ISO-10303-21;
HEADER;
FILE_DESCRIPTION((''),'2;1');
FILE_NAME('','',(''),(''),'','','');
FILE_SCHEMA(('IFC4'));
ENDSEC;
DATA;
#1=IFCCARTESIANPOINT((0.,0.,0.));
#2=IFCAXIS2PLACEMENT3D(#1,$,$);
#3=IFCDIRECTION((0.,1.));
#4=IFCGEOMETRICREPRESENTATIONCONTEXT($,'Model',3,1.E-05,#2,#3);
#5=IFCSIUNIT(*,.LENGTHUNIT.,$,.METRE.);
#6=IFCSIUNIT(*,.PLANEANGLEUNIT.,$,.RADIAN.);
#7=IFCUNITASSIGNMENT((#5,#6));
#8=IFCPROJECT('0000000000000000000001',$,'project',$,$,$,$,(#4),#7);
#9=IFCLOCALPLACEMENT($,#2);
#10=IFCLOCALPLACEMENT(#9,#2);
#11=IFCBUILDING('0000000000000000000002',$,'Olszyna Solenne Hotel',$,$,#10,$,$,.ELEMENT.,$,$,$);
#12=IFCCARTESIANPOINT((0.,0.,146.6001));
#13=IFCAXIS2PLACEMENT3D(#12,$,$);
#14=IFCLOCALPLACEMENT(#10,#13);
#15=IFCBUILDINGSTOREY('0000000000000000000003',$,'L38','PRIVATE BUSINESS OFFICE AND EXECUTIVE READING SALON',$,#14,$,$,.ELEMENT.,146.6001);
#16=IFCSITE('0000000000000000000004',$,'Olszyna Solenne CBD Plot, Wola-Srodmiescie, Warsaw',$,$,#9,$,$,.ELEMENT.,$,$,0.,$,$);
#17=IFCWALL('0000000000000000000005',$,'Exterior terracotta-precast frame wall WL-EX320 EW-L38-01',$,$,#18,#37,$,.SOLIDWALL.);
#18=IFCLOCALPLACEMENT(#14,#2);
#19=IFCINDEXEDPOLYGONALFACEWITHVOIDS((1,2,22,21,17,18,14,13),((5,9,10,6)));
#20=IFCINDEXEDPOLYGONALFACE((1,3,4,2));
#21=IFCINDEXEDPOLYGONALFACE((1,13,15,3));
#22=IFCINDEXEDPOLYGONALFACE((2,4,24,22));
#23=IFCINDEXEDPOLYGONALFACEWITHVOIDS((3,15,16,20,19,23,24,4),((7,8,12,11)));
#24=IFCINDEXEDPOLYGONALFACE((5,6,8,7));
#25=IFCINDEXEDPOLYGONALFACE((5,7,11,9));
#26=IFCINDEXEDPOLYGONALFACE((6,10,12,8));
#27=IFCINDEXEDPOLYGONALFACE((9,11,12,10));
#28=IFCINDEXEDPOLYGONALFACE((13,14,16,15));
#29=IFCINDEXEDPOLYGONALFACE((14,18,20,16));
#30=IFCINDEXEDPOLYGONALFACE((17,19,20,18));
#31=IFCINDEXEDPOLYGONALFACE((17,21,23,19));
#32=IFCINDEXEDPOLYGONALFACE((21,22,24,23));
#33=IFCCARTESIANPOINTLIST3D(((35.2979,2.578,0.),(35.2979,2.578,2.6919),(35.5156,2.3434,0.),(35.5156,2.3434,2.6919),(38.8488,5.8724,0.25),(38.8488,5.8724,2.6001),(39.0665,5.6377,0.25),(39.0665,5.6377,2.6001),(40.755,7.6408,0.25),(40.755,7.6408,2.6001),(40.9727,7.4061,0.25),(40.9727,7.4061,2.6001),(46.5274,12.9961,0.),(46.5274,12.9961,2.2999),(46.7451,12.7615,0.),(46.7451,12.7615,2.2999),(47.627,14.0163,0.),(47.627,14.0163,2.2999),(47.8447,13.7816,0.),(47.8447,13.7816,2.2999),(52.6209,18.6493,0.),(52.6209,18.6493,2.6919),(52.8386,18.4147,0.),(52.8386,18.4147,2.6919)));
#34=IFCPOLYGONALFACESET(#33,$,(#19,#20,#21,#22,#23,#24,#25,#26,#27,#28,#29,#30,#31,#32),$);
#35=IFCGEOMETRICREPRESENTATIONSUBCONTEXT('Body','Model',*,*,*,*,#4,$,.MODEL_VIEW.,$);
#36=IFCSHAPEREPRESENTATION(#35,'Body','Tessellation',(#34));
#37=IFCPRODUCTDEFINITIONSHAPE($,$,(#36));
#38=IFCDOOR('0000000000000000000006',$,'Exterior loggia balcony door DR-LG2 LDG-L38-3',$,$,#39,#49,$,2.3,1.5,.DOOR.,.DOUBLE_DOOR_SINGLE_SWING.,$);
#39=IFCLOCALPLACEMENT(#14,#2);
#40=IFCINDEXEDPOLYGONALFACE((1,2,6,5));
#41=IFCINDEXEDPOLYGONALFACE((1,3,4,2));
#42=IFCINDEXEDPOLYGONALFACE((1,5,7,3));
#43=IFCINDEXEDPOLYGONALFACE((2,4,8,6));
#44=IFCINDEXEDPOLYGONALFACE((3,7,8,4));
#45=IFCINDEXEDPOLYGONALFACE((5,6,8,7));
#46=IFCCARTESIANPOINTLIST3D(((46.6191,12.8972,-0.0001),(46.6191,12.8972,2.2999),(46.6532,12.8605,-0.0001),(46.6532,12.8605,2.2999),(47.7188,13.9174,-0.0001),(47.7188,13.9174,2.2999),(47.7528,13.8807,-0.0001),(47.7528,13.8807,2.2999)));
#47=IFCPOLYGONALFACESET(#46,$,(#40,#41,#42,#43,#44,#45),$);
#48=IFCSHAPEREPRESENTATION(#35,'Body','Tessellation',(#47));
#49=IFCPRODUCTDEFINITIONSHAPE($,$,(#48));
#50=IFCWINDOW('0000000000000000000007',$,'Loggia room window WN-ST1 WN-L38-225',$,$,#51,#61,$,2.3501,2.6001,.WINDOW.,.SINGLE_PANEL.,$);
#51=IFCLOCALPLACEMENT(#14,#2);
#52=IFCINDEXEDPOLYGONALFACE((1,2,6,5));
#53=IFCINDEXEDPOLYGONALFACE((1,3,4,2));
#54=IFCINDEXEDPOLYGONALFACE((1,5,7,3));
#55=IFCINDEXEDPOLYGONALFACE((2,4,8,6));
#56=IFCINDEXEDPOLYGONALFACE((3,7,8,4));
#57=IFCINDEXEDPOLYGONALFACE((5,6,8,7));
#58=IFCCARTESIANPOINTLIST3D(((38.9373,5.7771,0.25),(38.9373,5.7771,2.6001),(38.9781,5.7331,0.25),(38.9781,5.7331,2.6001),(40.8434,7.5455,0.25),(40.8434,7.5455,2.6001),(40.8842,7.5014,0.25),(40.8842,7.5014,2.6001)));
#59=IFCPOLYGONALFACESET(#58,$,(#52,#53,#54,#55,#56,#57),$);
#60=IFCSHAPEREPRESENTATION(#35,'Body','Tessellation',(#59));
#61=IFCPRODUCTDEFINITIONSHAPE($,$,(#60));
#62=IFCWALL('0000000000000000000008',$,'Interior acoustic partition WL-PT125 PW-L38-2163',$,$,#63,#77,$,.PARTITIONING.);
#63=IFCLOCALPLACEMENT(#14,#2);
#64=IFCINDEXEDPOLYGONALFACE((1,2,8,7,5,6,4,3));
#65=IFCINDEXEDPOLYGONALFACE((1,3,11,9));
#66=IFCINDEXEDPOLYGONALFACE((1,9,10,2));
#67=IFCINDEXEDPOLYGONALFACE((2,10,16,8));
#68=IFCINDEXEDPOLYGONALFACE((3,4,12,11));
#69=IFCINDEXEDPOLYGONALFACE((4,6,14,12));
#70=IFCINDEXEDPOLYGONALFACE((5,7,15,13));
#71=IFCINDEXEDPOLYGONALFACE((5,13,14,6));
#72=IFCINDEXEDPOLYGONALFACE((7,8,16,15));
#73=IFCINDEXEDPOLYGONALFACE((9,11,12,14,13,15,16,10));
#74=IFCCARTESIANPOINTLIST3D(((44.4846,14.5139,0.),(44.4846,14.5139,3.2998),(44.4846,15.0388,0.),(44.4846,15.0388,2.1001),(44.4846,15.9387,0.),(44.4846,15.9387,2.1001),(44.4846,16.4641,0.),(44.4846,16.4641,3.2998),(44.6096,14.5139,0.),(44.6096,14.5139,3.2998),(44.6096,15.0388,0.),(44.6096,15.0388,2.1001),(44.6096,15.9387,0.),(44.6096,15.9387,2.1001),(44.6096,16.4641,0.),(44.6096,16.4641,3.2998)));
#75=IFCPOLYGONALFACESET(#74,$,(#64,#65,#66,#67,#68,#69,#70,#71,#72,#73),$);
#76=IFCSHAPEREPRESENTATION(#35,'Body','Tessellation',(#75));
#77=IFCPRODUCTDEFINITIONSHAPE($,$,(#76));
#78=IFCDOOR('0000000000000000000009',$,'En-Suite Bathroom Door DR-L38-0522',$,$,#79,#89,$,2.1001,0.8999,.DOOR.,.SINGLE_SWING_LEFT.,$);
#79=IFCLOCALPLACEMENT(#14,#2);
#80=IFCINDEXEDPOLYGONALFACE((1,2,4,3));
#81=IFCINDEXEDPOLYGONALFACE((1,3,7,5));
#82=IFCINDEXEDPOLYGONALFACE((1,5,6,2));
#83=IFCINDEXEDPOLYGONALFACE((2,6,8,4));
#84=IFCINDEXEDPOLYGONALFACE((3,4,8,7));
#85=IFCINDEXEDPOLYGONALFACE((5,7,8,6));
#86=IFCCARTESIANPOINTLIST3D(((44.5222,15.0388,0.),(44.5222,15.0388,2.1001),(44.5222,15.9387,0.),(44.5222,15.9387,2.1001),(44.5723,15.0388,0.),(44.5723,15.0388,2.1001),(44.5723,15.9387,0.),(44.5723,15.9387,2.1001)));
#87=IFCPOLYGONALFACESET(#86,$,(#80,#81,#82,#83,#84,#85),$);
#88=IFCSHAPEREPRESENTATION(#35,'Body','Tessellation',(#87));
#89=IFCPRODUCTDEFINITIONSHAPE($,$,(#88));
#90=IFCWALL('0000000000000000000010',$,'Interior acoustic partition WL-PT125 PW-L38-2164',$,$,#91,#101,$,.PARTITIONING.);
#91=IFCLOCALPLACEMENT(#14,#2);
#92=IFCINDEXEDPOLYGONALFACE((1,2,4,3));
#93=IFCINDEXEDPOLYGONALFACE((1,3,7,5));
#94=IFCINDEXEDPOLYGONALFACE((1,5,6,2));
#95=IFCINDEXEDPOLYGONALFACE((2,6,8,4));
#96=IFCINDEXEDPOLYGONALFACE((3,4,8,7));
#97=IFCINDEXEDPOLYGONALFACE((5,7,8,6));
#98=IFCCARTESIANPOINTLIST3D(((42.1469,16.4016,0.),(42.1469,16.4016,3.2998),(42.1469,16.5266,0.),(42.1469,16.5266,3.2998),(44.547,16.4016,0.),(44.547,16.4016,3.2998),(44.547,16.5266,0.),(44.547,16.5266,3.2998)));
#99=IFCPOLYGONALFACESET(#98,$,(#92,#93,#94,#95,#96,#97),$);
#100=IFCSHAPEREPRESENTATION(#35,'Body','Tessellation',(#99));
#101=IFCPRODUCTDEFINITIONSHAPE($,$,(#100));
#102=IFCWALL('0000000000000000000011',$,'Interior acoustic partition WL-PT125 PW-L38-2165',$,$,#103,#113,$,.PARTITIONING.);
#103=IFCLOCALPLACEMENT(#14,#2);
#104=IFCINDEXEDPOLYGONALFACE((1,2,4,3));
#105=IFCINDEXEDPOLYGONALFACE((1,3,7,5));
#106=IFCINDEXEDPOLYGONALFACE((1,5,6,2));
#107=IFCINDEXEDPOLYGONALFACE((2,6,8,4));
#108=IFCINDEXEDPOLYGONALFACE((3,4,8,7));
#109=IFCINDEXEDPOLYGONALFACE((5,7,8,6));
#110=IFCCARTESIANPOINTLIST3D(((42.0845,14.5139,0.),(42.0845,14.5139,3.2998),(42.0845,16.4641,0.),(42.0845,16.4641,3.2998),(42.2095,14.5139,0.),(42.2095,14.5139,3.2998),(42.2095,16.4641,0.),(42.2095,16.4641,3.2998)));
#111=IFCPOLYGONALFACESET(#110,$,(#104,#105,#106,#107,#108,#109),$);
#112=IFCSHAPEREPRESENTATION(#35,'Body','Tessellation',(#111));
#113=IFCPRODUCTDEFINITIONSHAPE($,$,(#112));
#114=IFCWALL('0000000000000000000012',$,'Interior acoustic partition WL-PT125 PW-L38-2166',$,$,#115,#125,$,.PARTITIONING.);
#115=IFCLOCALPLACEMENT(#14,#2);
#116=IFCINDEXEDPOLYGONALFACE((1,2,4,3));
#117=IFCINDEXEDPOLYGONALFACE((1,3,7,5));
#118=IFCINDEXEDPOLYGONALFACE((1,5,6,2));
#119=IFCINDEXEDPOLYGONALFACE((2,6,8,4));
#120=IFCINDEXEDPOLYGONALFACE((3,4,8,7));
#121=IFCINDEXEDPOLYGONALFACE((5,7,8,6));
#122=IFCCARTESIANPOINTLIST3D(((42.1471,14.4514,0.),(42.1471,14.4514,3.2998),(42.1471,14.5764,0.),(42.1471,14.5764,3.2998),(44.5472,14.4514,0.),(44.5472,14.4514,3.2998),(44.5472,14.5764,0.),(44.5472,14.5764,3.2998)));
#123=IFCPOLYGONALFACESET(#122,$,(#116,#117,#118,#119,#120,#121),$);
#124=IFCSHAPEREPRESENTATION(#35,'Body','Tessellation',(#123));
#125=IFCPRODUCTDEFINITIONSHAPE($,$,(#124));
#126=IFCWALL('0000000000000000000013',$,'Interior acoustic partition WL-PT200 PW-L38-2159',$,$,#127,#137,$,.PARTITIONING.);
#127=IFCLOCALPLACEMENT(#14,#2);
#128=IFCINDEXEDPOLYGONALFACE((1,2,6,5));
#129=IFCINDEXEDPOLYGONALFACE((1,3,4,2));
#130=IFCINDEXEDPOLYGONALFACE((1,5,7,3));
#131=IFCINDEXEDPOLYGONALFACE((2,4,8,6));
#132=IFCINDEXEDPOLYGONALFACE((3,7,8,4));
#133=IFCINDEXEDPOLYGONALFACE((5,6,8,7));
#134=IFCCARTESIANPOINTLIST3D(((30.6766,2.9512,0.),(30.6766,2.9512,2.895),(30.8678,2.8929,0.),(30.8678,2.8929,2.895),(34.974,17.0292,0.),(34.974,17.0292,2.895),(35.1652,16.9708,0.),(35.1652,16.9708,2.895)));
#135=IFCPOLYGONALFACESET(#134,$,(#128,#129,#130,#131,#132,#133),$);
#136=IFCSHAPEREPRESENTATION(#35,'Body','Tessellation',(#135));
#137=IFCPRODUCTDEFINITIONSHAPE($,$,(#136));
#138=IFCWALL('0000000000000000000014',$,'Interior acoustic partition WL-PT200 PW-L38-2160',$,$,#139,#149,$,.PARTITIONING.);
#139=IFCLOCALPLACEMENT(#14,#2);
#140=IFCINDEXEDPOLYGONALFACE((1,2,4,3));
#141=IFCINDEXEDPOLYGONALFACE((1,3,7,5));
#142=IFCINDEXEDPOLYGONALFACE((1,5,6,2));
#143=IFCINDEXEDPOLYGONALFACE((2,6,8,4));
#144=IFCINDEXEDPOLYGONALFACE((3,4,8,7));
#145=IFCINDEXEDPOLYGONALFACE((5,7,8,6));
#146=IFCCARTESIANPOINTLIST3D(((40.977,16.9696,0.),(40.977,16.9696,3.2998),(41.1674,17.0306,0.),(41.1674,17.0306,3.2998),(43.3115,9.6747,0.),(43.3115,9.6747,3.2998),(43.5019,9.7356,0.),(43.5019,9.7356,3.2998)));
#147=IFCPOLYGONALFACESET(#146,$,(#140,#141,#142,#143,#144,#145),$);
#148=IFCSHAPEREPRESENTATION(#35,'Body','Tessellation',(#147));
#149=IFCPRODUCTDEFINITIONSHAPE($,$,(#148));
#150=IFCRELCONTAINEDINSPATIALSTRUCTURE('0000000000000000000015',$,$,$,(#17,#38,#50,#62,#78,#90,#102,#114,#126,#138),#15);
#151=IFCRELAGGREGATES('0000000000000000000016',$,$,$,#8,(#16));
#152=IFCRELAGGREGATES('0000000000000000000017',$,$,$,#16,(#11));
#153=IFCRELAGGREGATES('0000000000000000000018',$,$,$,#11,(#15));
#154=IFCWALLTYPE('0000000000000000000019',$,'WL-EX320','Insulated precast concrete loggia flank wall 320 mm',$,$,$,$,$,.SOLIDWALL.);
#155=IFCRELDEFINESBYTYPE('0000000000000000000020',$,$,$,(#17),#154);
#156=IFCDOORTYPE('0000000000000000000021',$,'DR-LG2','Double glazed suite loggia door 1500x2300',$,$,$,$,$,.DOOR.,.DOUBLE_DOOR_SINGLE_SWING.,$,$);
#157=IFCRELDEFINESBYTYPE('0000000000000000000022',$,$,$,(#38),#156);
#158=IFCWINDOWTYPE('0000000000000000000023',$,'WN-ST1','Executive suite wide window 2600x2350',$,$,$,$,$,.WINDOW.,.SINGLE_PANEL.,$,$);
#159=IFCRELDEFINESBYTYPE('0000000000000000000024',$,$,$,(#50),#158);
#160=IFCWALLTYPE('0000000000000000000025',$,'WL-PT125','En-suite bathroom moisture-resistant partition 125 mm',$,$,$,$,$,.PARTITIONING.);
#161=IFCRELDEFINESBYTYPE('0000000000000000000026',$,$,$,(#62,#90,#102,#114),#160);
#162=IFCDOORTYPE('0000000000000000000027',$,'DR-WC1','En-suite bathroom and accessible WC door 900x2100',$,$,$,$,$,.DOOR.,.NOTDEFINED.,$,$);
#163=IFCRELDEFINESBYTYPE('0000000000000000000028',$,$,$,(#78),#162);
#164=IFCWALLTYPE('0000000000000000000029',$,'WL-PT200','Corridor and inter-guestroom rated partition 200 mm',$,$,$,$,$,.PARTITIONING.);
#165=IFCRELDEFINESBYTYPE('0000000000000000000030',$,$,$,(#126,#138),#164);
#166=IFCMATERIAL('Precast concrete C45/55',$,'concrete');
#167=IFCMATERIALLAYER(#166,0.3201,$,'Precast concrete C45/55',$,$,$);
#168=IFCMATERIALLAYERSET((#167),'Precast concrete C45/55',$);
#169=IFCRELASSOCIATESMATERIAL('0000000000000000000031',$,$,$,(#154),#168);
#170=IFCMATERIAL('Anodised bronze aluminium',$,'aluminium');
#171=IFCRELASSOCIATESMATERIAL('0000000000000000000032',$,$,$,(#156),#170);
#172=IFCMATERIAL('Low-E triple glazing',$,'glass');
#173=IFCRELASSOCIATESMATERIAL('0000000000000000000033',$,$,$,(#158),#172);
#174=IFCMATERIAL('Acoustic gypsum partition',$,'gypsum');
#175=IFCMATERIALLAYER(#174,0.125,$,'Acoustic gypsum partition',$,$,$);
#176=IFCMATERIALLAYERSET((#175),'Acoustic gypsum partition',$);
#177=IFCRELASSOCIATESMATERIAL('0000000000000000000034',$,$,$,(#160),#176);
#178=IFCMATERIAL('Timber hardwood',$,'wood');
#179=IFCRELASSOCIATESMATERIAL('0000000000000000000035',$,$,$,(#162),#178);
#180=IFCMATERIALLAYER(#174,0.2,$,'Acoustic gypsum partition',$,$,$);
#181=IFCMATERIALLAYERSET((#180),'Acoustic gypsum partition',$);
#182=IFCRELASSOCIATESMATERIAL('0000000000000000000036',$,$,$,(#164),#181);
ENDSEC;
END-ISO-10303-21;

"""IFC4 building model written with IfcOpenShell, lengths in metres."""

from ifc_helpers import new_model, si_unit, direction, frame, frame_2d, origin, place, context, subcontext, project, spatial, rectangle, extrude, source, transform, mapped, material, layer, layer_set, type_object, type_shapes, element, fill, save


model = new_model("IFC4")

# Units and contexts
model_context = context("Model", 3, precision=1e-05, world=origin(), true_north=direction((0.0, 1.0)))
body_context = subcontext(model_context, "Body", "Model", "MODEL_VIEW")
ifc_project = project(units=[si_unit("LENGTHUNIT", "METRE"), si_unit("PLANEANGLEUNIT", "RADIAN")], contexts=[model_context])

# Site, building, storey
site_placement = place(None, origin())
site = spatial("IfcSite", under=ifc_project, at=site_placement, Name="Olszyna Solenne CBD Plot, Wola-Srodmiescie, Warsaw", CompositionType="ELEMENT", RefElevation=0.0)
building_placement = place(site_placement, origin())
building = spatial("IfcBuilding", under=site, at=building_placement, Name="Olszyna Solenne Hotel", CompositionType="ELEMENT")
storey_placement = place(building_placement, frame((0.0, 0.0, 146.6001)))
storey = spatial("IfcBuildingStorey", under=building, at=storey_placement, Name="L38", Description="PRIVATE BUSINESS OFFICE AND EXECUTIVE READING SALON", CompositionType="ELEMENT", Elevation=146.6001)

# Shared definitions
ifc_material_1 = material(Name="Anodised bronze aluminium", Category="aluminium")

# Wall, openings, door, window
ifc_material_2 = material(Name="Precast concrete C45/55", Category="concrete")
ifc_layer_1 = layer(ifc_material_2, 0.3201, Name="Precast concrete C45/55")
ifc_layer_set_1 = layer_set([ifc_layer_1], Name="Precast concrete C45/55")
wall_type_1 = type_object("IfcWallType", Name="WL-EX320", Description="Insulated precast concrete loggia flank wall 320 mm", PredefinedType="SOLIDWALL", material=ifc_layer_set_1)
wall_1_placement = place(storey_placement, frame((52.7297, 18.532, 0.0), z_axis=(0.0, 0.0, 1.0), x_axis=(-0.733096, -0.680125, 0.0)))
wall_1 = element("IfcWall", 1, at=wall_1_placement, inside=storey, type_object=wall_type_1, Name="Exterior terracotta-precast frame wall WL-EX320 EW-L38-01", PredefinedType="SOLIDWALL", context=body_context, shape_type="SweptSolid", body=[
    extrude(rectangle(XDim=23.6299, YDim=0.3201, at=frame_2d((11.8149, 0.0))), origin(), (0.0, 0.0, 1.0), 2.6919),
])
opening_1_placement = place(wall_1_placement, frame((6.812, 0.0, 0.0)))
opening_1 = element("IfcOpeningElement", 2, at=opening_1_placement, cuts=wall_1, PredefinedType="OPENING", context=body_context, shape_type="SweptSolid", body=[
    extrude(rectangle(XDim=1.5, YDim=2.3, at=frame_2d((0.75, 1.1499))), frame((0.0, 0.1699, 0.0), z_axis=(0.0, -1.0, 0.0), x_axis=(1.0, 0.0, 0.0)), (0.0, 0.0, 1.0), 0.3401),
])
opening_2_placement = place(wall_1_placement, frame((16.186, 0.0, 0.25)))
opening_2 = element("IfcOpeningElement", 3, at=opening_2_placement, cuts=wall_1, PredefinedType="OPENING", context=body_context, shape_type="SweptSolid", body=[
    extrude(rectangle(XDim=2.6001, YDim=2.3501, at=frame_2d((1.3, 1.175))), frame((0.0, 0.1699, 0.0), z_axis=(0.0, -1.0, 0.0), x_axis=(1.0, 0.0, 0.0)), (0.0, 0.0, 1.0), 0.3401),
])
door_type_1 = type_object("IfcDoorType", Name="DR-LG2", Description="Double glazed suite loggia door 1500x2300", OperationType="DOUBLE_DOOR_SINGLE_SWING", PredefinedType="DOOR", material=ifc_material_1)
shared_shape_1 = source(origin(), body_context, "Body", "SweptSolid", [
    extrude(rectangle(XDim=1.5, YDim=2.3, at=frame_2d((0.75, 1.1499))), frame((0.0, 0.0249, 0.0), z_axis=(0.0, -1.0, 0.0), x_axis=(1.0, 0.0, 0.0)), (0.0, 0.0, 1.0), 0.05),
])
type_shapes(door_type_1, [shared_shape_1])
door_1_placement = place(opening_1_placement, origin())
door_1 = element("IfcDoor", 4, at=door_1_placement, inside=storey, type_object=door_type_1, Name="Exterior loggia balcony door DR-LG2 LDG-L38-3", OperationType="DOUBLE_DOOR_SINGLE_SWING", OverallHeight=2.3, OverallWidth=1.5, PredefinedType="DOOR", context=body_context, shape_type="MappedRepresentation", body=[
    mapped(shared_shape_1, transform((0.0, 0.0, 0.0), x_axis=(1.0, 0.0, 0.0), y_axis=(0.0, 1.0, 0.0), z_axis=(0.0, 0.0, 1.0), scale=1.0)),
])
fill(opening_1, door_1)
ifc_material_3 = material(Name="Low-E triple glazing", Category="glass")
window_type = type_object("IfcWindowType", Name="WN-ST1", Description="Executive suite wide window 2600x2350", PartitioningType="SINGLE_PANEL", PredefinedType="WINDOW", material=ifc_material_3)
shared_shape_2 = source(origin(), body_context, "Body", "SweptSolid", [
    extrude(rectangle(XDim=2.6001, YDim=2.3501, at=frame_2d((1.3, 1.175))), frame((0.0, 0.03, 0.0), z_axis=(0.0, -1.0, 0.0), x_axis=(1.0, 0.0, 0.0)), (0.0, 0.0, 1.0), 0.0601),
])
type_shapes(window_type, [shared_shape_2])
window_placement = place(opening_2_placement, origin())
window = element("IfcWindow", 5, at=window_placement, inside=storey, type_object=window_type, Name="Loggia room window WN-ST1 WN-L38-225", OverallHeight=2.3501, OverallWidth=2.6001, PartitioningType="SINGLE_PANEL", PredefinedType="WINDOW", context=body_context, shape_type="MappedRepresentation", body=[
    mapped(shared_shape_2, transform((0.0, 0.0, 0.0), x_axis=(1.0, 0.0, 0.0), y_axis=(0.0, 1.0, 0.0), z_axis=(0.0, 0.0, 1.0), scale=1.0)),
])
fill(opening_2, window)

# Wall, opening, door
ifc_material_4 = material(Name="Acoustic gypsum partition", Category="gypsum")
ifc_layer_2 = layer(ifc_material_4, 0.125, Name="Acoustic gypsum partition")
ifc_layer_set_2 = layer_set([ifc_layer_2], Name="Acoustic gypsum partition")
wall_type_2 = type_object("IfcWallType", Name="WL-PT125", Description="En-suite bathroom moisture-resistant partition 125 mm", PredefinedType="PARTITIONING", material=ifc_layer_set_2)
wall_2_placement = place(storey_placement, frame((44.5471, 14.5139, 0.0), z_axis=(0.0, 0.0, 1.0), x_axis=(0.0, 1.0, 0.0)))
wall_2 = element("IfcWall", 6, at=wall_2_placement, inside=storey, type_object=wall_type_2, Name="Interior acoustic partition WL-PT125 PW-L38-2163", PredefinedType="PARTITIONING", context=body_context, shape_type="SweptSolid", body=[
    extrude(rectangle(XDim=1.9502, YDim=0.125, at=frame_2d((0.9751, 0.0))), origin(), (0.0, 0.0, 1.0), 3.2998),
])
opening_3_placement = place(wall_2_placement, frame((0.5249, 0.0, 0.0)))
opening_3 = element("IfcOpeningElement", 7, at=opening_3_placement, cuts=wall_2, PredefinedType="OPENING", context=body_context, shape_type="SweptSolid", body=[
    extrude(rectangle(XDim=0.8999, YDim=2.1001, at=frame_2d((0.45, 1.05))), frame((0.0, 0.0725, 0.0), z_axis=(0.0, -1.0, 0.0), x_axis=(1.0, 0.0, 0.0)), (0.0, 0.0, 1.0), 0.145),
])
ifc_material_5 = material(Name="Timber hardwood", Category="wood")
door_type_2 = type_object("IfcDoorType", Name="DR-WC1", Description="En-suite bathroom and accessible WC door 900x2100", OperationType="NOTDEFINED", PredefinedType="DOOR", material=ifc_material_5)
shared_shape_3 = source(origin(), body_context, "Body", "SweptSolid", [
    extrude(rectangle(XDim=0.8999, YDim=2.1001, at=frame_2d((0.45, 1.05))), frame((0.0, 0.0249, 0.0), z_axis=(0.0, -1.0, 0.0), x_axis=(1.0, 0.0, 0.0)), (0.0, 0.0, 1.0), 0.05),
])
type_shapes(door_type_2, [shared_shape_3])
door_2_placement = place(opening_3_placement, origin())
door_2 = element("IfcDoor", 8, at=door_2_placement, inside=storey, type_object=door_type_2, Name="En-Suite Bathroom Door DR-L38-0522", OperationType="SINGLE_SWING_LEFT", OverallHeight=2.1001, OverallWidth=0.8999, PredefinedType="DOOR", context=body_context, shape_type="MappedRepresentation", body=[
    mapped(shared_shape_3, transform((0.0, 0.0, 0.0), x_axis=(1.0, 0.0, 0.0), y_axis=(0.0, 1.0, 0.0), z_axis=(0.0, 0.0, 1.0), scale=1.0)),
])
fill(opening_3, door_2)

# Walls
wall_3_placement = place(storey_placement, frame((44.5471, 16.4641, 0.0), z_axis=(0.0, 0.0, 1.0), x_axis=(-1.0, 0.0, 0.0)))
element("IfcWall", 9, at=wall_3_placement, inside=storey, type_object=wall_type_2, Name="Interior acoustic partition WL-PT125 PW-L38-2164", PredefinedType="PARTITIONING", context=body_context, shape_type="SweptSolid", body=[
    extrude(rectangle(XDim=2.4001, YDim=0.125, at=frame_2d((1.2002, 0.0))), origin(), (0.0, 0.0, 1.0), 3.2998),
])
wall_4_placement = place(storey_placement, frame((42.147, 16.4641, 0.0), z_axis=(0.0, 0.0, 1.0), x_axis=(0.0, -1.0, 0.0)))
element("IfcWall", 10, at=wall_4_placement, inside=storey, type_object=wall_type_2, Name="Interior acoustic partition WL-PT125 PW-L38-2165", PredefinedType="PARTITIONING", context=body_context, shape_type="SweptSolid", body=[
    extrude(rectangle(XDim=1.9502, YDim=0.125, at=frame_2d((0.9751, 0.0))), origin(), (0.0, 0.0, 1.0), 3.2998),
])
wall_5_placement = place(storey_placement, frame((42.147, 14.5139, 0.0), z_axis=(0.0, 0.0, 1.0), x_axis=(1.0, 0.0, 0.0)))
element("IfcWall", 11, at=wall_5_placement, inside=storey, type_object=wall_type_2, Name="Interior acoustic partition WL-PT125 PW-L38-2166", PredefinedType="PARTITIONING", context=body_context, shape_type="SweptSolid", body=[
    extrude(rectangle(XDim=2.4001, YDim=0.125, at=frame_2d((1.2002, 0.0))), origin(), (0.0, 0.0, 1.0), 3.2998),
])
ifc_layer_3 = layer(ifc_material_4, 0.2, Name="Acoustic gypsum partition")
ifc_layer_set_3 = layer_set([ifc_layer_3], Name="Acoustic gypsum partition")
wall_type_3 = type_object("IfcWallType", Name="WL-PT200", Description="Corridor and inter-guestroom rated partition 200 mm", PredefinedType="PARTITIONING", material=ifc_layer_set_3)
wall_6_placement = place(storey_placement, frame((35.0696, 17.0, 0.0), z_axis=(0.0, 0.0, 1.0), x_axis=(-0.291957, -0.956431, 0.0)))
element("IfcWall", 12, at=wall_6_placement, inside=storey, type_object=wall_type_3, Name="Interior acoustic partition WL-PT200 PW-L38-2159", PredefinedType="PARTITIONING", context=body_context, shape_type="SweptSolid", body=[
    extrude(rectangle(XDim=14.7192, YDim=0.2, at=frame_2d((7.3596, 0.0))), origin(), (0.0, 0.0, 1.0), 2.895),
])
wall_7_placement = place(storey_placement, frame((41.0723, 17.0, 0.0), z_axis=(0.0, 0.0, 1.0), x_axis=(0.304787, -0.95242, 0.0)))
element("IfcWall", 13, at=wall_7_placement, inside=storey, type_object=wall_type_3, Name="Interior acoustic partition WL-PT200 PW-L38-2160", PredefinedType="PARTITIONING", context=body_context, shape_type="SweptSolid", body=[
    extrude(rectangle(XDim=7.6594, YDim=0.2, at=frame_2d((3.8296, 0.0))), origin(), (0.0, 0.0, 1.0), 3.2998),
])

save(model, "model.ifc")
